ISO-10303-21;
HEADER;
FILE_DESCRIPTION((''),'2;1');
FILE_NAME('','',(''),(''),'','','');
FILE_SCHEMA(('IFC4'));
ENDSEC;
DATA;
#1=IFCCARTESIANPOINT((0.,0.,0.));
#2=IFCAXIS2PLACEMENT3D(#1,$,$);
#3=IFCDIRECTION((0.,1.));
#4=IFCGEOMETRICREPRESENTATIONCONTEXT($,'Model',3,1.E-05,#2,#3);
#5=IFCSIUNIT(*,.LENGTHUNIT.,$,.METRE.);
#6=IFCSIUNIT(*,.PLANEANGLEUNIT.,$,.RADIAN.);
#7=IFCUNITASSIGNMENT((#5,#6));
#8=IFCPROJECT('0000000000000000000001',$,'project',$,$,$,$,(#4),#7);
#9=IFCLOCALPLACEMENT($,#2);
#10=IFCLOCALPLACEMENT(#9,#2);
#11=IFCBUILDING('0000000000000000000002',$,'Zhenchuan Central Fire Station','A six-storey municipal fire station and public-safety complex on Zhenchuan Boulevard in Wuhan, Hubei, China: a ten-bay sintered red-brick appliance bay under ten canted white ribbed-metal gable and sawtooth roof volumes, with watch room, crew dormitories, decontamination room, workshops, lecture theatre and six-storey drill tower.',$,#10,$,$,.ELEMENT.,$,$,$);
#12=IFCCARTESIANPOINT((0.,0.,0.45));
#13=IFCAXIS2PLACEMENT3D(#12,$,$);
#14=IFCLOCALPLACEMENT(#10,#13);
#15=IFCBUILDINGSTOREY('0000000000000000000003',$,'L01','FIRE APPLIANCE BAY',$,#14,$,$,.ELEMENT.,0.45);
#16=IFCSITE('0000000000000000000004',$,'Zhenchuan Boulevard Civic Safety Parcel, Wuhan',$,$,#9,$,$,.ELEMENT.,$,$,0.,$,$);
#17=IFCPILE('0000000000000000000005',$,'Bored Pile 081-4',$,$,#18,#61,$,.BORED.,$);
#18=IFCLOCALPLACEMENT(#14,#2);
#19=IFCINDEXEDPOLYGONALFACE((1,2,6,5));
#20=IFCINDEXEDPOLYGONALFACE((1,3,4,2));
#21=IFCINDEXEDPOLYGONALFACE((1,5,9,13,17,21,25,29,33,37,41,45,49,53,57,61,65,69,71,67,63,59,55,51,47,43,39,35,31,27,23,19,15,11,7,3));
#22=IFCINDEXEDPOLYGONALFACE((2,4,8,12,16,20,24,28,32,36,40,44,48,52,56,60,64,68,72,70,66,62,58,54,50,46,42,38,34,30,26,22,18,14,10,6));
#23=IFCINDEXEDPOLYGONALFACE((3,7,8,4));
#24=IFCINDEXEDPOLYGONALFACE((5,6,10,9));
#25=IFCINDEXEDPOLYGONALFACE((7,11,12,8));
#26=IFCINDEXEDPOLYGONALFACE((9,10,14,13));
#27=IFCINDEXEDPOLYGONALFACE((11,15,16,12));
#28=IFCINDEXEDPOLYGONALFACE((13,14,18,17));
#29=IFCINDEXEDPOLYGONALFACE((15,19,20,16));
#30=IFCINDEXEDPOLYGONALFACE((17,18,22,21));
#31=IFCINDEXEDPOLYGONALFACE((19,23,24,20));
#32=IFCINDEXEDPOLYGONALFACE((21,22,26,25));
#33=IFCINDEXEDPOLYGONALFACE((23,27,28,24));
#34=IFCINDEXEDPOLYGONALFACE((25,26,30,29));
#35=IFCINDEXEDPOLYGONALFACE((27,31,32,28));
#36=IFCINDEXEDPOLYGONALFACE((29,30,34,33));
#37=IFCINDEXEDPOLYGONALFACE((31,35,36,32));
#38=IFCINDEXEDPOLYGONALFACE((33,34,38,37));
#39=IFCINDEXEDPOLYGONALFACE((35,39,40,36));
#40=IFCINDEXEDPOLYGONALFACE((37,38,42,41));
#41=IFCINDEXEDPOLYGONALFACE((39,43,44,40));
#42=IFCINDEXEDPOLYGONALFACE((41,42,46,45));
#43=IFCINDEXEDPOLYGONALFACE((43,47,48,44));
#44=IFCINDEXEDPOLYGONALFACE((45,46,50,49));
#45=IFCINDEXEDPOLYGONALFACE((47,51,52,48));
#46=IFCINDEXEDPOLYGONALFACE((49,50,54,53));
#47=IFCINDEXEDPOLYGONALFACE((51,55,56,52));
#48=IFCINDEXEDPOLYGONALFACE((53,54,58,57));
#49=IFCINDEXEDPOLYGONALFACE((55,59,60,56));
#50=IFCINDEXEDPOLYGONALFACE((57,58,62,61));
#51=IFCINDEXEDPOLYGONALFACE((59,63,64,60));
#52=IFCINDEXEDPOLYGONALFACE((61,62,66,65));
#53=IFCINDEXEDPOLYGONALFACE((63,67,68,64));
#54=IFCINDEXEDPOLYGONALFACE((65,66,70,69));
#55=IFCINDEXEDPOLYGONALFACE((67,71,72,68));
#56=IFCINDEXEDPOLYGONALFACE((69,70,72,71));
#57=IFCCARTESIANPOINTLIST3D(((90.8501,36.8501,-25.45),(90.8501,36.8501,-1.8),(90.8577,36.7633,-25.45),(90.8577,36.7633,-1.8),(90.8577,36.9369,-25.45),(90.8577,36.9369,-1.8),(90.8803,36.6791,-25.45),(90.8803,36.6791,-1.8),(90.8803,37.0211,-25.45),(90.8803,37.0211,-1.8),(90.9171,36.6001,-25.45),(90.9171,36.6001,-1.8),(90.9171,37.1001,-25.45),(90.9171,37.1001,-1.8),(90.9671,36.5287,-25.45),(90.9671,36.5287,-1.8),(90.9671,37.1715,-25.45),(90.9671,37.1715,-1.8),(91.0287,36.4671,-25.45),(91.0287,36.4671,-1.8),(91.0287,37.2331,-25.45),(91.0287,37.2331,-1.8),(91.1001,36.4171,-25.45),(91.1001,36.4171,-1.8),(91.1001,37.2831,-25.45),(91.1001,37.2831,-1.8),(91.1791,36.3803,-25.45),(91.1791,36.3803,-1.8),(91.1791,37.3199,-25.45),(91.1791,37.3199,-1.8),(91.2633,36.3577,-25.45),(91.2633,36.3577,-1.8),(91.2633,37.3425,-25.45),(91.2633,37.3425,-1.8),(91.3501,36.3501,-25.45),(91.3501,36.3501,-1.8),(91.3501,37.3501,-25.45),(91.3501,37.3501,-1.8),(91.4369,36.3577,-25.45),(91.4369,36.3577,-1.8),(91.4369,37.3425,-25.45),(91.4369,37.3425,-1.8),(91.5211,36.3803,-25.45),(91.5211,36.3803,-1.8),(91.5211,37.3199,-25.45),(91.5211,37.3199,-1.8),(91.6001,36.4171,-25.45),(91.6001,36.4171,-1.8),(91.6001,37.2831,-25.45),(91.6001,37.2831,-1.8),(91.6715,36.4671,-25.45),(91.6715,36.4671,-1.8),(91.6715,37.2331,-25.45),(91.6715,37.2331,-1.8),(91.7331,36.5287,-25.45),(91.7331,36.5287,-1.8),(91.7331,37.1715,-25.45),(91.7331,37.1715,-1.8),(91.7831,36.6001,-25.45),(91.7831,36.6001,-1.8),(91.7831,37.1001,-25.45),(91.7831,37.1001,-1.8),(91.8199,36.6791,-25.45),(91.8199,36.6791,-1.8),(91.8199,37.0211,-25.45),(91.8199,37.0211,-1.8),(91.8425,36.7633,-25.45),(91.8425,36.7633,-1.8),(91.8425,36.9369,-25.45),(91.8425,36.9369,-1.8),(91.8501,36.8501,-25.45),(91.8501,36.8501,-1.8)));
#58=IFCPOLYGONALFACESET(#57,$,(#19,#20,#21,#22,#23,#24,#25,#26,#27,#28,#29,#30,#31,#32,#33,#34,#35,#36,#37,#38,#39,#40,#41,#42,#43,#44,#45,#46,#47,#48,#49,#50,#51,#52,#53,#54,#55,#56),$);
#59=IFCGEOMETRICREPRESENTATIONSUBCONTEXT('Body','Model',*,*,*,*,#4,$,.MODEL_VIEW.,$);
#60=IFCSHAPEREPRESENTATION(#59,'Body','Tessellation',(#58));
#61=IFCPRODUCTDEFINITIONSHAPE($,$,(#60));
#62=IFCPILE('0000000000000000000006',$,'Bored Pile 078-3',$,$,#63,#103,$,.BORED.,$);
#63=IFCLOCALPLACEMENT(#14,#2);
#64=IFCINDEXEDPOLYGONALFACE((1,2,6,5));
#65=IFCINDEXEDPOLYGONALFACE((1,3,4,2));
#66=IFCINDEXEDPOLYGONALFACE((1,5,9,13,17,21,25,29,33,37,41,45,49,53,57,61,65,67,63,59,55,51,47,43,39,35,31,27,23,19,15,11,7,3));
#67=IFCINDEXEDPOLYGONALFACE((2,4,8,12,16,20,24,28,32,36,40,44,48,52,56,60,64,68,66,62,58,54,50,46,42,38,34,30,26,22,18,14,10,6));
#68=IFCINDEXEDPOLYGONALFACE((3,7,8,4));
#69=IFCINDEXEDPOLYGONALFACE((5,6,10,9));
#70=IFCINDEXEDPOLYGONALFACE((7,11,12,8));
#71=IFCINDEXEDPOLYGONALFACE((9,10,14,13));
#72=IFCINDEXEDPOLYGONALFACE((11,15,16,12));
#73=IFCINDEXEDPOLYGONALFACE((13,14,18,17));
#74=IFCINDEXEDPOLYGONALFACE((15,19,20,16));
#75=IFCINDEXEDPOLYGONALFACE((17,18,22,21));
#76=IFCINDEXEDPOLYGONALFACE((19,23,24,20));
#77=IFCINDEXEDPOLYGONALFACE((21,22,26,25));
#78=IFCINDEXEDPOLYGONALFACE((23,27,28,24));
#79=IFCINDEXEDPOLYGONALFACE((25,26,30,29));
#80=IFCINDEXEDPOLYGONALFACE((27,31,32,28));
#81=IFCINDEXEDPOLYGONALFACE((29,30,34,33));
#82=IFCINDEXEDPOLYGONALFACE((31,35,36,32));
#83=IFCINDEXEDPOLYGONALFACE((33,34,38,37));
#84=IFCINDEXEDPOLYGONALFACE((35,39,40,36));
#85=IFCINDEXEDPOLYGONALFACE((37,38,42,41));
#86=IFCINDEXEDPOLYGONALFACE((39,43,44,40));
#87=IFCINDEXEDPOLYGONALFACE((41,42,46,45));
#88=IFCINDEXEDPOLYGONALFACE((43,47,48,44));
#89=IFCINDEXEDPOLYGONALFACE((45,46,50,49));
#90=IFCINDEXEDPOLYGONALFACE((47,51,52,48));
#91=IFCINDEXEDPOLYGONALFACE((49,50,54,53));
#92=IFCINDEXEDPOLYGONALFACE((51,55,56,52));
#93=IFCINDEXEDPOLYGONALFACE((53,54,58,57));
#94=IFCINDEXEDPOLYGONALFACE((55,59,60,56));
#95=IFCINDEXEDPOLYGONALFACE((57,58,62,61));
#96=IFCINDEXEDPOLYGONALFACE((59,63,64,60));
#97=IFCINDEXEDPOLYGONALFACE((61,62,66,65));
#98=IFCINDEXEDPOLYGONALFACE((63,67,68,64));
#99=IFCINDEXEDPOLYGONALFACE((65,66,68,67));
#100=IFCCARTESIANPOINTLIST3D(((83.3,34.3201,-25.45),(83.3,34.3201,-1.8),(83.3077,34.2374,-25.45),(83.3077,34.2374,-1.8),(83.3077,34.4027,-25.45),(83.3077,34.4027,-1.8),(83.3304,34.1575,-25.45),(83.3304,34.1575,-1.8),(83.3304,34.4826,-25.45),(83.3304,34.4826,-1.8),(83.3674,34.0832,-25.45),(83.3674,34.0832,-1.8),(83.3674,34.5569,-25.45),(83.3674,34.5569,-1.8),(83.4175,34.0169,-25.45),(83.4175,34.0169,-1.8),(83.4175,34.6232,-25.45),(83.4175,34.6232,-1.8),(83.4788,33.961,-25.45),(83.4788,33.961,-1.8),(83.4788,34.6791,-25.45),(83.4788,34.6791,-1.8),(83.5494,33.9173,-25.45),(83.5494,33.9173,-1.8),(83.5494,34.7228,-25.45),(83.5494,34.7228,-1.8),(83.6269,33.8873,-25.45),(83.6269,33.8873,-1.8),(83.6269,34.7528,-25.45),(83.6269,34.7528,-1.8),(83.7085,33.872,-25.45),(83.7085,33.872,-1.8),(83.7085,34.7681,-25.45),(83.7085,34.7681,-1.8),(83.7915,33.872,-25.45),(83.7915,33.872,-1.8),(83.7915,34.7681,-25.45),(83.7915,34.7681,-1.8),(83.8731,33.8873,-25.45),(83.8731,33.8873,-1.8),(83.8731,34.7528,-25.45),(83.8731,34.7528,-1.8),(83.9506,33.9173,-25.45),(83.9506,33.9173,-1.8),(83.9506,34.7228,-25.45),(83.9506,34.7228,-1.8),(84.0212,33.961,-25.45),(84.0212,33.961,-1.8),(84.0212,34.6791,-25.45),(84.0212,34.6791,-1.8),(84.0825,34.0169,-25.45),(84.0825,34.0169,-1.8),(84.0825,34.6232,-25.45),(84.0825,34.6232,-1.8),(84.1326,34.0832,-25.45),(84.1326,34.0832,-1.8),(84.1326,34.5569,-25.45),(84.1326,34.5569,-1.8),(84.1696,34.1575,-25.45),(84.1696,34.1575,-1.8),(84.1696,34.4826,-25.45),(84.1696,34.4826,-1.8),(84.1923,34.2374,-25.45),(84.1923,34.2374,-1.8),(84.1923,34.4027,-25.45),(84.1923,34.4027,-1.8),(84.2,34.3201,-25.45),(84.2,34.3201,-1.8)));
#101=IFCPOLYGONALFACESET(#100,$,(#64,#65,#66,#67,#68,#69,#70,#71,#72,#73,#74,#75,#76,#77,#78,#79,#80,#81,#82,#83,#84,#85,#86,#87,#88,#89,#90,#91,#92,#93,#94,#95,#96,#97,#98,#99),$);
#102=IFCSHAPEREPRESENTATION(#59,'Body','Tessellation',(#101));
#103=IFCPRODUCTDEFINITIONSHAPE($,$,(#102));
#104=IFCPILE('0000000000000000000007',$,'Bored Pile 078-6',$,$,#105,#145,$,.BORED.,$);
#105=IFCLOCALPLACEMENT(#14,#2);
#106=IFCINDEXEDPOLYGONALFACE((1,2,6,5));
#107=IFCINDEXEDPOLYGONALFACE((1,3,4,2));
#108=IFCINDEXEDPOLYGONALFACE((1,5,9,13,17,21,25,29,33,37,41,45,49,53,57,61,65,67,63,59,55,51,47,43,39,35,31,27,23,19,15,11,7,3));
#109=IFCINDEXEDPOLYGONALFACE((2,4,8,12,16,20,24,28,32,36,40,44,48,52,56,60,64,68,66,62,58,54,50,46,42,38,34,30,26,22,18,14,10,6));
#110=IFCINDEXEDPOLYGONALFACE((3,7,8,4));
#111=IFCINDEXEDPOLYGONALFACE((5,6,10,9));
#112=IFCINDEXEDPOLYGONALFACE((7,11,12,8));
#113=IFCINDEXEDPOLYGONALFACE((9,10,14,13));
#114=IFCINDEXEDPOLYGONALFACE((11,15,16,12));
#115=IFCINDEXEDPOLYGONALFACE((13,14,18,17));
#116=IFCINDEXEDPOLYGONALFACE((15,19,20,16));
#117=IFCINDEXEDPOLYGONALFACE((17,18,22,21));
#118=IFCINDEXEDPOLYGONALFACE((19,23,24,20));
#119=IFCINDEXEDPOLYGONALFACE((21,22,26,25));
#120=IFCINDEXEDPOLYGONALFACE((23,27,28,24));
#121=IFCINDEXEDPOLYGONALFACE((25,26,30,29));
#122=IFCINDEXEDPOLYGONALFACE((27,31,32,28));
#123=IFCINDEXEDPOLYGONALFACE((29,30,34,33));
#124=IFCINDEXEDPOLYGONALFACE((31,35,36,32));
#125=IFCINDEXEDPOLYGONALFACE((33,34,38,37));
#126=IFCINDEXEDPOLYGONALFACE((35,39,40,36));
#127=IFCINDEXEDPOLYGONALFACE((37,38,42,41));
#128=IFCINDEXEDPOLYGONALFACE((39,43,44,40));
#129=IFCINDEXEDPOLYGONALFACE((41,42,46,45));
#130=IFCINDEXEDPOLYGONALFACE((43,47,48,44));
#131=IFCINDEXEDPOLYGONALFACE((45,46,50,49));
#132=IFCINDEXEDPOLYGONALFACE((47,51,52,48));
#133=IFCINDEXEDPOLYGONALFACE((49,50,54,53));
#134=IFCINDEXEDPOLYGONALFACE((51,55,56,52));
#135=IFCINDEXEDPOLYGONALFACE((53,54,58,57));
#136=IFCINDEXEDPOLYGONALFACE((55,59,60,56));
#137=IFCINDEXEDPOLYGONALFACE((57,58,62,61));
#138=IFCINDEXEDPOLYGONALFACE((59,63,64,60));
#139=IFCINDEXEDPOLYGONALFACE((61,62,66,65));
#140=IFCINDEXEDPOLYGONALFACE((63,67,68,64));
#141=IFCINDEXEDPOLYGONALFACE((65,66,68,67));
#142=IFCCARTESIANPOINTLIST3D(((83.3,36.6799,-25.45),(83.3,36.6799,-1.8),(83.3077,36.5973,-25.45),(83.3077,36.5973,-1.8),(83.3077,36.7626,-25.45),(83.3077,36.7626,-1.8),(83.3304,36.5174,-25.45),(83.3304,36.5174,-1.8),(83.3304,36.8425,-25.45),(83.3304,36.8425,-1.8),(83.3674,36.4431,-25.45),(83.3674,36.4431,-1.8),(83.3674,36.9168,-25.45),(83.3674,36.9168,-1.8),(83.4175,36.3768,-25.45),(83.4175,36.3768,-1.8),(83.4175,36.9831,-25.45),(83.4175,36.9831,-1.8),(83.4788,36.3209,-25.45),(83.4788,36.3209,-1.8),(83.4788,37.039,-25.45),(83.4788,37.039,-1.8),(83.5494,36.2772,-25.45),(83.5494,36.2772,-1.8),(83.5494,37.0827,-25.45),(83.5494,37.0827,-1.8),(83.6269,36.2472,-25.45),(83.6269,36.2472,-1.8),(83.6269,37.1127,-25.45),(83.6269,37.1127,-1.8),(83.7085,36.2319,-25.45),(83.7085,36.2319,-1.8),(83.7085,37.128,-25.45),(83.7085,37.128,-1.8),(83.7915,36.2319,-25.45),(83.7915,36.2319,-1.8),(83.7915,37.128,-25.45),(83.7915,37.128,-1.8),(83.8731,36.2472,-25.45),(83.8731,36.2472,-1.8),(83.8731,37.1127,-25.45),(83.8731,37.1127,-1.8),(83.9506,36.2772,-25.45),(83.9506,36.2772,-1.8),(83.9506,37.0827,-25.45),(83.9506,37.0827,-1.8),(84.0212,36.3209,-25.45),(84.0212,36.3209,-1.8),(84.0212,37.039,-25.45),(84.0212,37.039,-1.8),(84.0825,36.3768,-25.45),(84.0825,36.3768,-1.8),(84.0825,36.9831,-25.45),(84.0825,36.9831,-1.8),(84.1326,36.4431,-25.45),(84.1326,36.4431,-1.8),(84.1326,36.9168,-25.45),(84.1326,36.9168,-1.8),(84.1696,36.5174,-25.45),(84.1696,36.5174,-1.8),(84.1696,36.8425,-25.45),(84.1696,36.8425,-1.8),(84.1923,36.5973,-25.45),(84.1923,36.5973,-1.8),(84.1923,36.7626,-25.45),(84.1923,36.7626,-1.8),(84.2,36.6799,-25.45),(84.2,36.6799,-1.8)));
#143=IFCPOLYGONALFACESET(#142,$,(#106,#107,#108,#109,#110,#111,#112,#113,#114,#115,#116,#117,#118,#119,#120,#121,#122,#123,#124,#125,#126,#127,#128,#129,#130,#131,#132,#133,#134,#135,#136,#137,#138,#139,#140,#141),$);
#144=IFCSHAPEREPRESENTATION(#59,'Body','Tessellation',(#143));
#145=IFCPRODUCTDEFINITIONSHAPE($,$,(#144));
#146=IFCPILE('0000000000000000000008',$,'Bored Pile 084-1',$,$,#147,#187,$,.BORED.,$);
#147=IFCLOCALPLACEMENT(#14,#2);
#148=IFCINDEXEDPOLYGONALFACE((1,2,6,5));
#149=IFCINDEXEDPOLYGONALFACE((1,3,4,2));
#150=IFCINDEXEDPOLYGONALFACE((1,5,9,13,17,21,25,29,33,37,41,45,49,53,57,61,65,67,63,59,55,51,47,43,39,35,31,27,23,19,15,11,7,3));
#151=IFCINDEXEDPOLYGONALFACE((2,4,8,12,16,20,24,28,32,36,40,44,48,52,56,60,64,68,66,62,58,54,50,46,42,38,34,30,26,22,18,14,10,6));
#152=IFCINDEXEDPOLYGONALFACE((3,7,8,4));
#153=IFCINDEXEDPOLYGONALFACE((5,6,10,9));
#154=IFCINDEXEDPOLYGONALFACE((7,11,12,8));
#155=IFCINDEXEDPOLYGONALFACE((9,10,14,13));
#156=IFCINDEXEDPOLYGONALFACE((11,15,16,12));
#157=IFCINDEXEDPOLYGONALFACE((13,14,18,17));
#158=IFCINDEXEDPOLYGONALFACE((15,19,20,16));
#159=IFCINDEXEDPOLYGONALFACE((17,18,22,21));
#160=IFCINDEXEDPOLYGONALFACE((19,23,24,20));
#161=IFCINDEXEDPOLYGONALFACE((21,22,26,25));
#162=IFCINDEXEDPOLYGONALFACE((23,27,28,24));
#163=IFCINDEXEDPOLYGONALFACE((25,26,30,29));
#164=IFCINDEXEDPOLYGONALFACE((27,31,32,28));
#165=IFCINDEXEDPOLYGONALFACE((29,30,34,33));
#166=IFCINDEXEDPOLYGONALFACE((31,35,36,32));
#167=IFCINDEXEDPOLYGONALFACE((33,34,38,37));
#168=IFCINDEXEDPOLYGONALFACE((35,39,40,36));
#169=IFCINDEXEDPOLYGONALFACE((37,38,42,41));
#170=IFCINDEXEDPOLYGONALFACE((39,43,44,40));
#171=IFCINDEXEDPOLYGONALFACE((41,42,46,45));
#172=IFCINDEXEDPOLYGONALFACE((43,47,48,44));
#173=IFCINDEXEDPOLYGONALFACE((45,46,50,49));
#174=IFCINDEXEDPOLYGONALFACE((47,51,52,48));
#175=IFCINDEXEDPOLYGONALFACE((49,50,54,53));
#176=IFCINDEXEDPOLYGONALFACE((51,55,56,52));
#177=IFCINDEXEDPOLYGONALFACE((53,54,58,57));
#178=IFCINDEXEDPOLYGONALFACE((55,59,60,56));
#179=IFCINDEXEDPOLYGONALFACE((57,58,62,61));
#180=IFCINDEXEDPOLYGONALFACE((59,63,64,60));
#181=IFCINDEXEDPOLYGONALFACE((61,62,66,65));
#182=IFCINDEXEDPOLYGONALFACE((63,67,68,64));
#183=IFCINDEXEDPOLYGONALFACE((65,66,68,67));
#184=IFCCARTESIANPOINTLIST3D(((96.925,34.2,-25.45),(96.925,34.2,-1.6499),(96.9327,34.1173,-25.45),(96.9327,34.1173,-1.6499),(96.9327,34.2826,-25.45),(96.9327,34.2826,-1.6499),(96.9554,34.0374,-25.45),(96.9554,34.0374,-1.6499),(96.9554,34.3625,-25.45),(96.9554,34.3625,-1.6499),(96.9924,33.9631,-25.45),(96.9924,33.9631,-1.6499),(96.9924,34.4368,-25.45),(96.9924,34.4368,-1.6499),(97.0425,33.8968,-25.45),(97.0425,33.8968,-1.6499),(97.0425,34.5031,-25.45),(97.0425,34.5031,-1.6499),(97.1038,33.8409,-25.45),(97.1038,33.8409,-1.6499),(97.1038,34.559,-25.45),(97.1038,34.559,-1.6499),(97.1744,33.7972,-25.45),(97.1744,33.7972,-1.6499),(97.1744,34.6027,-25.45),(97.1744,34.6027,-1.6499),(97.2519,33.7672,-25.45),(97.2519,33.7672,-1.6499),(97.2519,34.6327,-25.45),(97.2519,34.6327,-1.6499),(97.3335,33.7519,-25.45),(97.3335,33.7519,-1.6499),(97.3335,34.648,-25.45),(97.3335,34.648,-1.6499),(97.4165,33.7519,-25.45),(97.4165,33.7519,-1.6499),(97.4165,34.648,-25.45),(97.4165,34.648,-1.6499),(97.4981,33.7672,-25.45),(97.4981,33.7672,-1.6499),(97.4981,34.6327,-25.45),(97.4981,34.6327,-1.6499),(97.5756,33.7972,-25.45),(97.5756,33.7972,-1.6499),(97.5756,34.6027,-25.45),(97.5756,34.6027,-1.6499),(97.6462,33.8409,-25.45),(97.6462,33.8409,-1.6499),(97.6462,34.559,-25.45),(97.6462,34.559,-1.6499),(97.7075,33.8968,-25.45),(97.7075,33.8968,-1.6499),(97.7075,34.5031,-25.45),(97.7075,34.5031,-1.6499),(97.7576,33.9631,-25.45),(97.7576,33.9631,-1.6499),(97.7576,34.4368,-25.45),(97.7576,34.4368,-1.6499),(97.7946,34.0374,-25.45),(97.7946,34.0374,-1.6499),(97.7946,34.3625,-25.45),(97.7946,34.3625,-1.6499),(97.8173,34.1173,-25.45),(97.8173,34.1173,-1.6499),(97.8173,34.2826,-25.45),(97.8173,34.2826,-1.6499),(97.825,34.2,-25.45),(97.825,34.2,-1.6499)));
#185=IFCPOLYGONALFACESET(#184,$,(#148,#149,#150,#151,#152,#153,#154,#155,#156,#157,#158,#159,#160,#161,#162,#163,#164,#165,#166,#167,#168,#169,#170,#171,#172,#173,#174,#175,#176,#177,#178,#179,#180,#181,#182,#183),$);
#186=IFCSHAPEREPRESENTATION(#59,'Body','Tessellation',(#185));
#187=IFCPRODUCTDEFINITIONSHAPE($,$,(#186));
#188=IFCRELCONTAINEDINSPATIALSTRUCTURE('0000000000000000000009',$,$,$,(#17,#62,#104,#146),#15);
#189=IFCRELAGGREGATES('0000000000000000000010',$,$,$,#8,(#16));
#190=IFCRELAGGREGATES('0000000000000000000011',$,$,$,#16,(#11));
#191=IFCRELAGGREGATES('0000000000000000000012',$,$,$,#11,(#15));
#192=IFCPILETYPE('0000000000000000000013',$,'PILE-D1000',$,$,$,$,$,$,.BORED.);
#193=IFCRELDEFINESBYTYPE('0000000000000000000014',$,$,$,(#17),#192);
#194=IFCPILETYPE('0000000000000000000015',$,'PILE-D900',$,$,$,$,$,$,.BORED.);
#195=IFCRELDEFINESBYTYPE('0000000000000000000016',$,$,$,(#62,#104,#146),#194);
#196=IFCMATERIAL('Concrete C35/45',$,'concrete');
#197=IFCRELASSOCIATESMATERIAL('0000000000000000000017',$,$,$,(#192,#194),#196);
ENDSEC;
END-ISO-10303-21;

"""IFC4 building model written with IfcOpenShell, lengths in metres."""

from ifc_helpers import new_model, si_unit, direction, frame, origin, origin_2d, place, context, subcontext, project, spatial, circle, extrude, material, material_profile, profile_set, type_object, element, save


model = new_model("IFC4")

# Units and contexts
model_context = context("Model", 3, precision=1e-05, world=origin(), true_north=direction((0.0, 1.0)))
body_context = subcontext(model_context, "Body", "Model", "MODEL_VIEW")
ifc_project = project(units=[si_unit("LENGTHUNIT", "METRE"), si_unit("PLANEANGLEUNIT", "RADIAN")], contexts=[model_context])

# Site, building, storey
site_placement = place(None, origin())
site = spatial("IfcSite", under=ifc_project, at=site_placement, Name="Zhenchuan Boulevard Civic Safety Parcel, Wuhan", CompositionType="ELEMENT", RefElevation=0.0)
building_placement = place(site_placement, origin())
building = spatial("IfcBuilding", under=site, at=building_placement, Name="Zhenchuan Central Fire Station", Description="A six-storey municipal fire station and public-safety complex on Zhenchuan Boulevard in Wuhan, Hubei, China: a ten-bay sintered red-brick appliance bay under ten canted white ribbed-metal gable and sawtooth roof volumes, with watch room, crew dormitories, decontamination room, workshops, lecture theatre and six-storey drill tower.", CompositionType="ELEMENT")
storey_placement = place(building_placement, frame((0.0, 0.0, 0.45)))
storey = spatial("IfcBuildingStorey", under=building, at=storey_placement, Name="L01", Description="FIRE APPLIANCE BAY", CompositionType="ELEMENT", Elevation=0.45)

# Piles
ifc_material_1 = material(Name="Concrete C35/45", Category="concrete")
ifc_material_profile_1 = material_profile(ifc_material_1, circle(Radius=0.5, at=origin_2d()), Name="PILE D1000")
ifc_profile_set_1 = profile_set([ifc_material_profile_1], Name="Concrete C35/45")
pile_type_1 = type_object("IfcPileType", Name="PILE-D1000", PredefinedType="BORED", material=ifc_profile_set_1)
for number, where, z_axis, x_axis, name in (
    (1, (91.3501, 36.8501, -1.8), (0.0, 0.0, -1.0), (1.0, 0.0, 0.0), "Bored Pile 081-4"),
):
    element("IfcPile", number, at=place(storey_placement, frame(where, z_axis=z_axis, x_axis=x_axis)), inside=storey, type_object=pile_type_1, Name=name, PredefinedType="BORED", context=body_context, shape_type="SweptSolid", body=[
        extrude(circle(Radius=0.5, at=origin_2d()), origin(), (0.0, 0.0, 1.0), 23.6499),
    ])
ifc_material_profile_2 = material_profile(ifc_material_1, circle(Radius=0.45, at=origin_2d()), Name="PILE D900")
ifc_profile_set_2 = profile_set([ifc_material_profile_2], Name="Concrete C35/45")
pile_type_2 = type_object("IfcPileType", Name="PILE-D900", PredefinedType="BORED", material=ifc_profile_set_2)
for number, where, z_axis, x_axis, name in (
    (2, (83.75, 34.3201, -1.8), (0.0, 0.0, -1.0), (1.0, 0.0, 0.0), "Bored Pile 078-3"),
    (3, (83.75, 36.6799, -1.8), (0.0, 0.0, -1.0), (1.0, 0.0, 0.0), "Bored Pile 078-6"),
):
    element("IfcPile", number, at=place(storey_placement, frame(where, z_axis=z_axis, x_axis=x_axis)), inside=storey, type_object=pile_type_2, Name=name, PredefinedType="BORED", context=body_context, shape_type="SweptSolid", body=[
        extrude(circle(Radius=0.45, at=origin_2d()), origin(), (0.0, 0.0, 1.0), 23.6499),
    ])
for number, where, z_axis, x_axis, name in (
    (4, (97.375, 34.2, -1.6499), (0.0, 0.0, -1.0), (1.0, 0.0, 0.0), "Bored Pile 084-1"),
):
    element("IfcPile", number, at=place(storey_placement, frame(where, z_axis=z_axis, x_axis=x_axis)), inside=storey, type_object=pile_type_2, Name=name, PredefinedType="BORED", context=body_context, shape_type="SweptSolid", body=[
        extrude(circle(Radius=0.45, at=origin_2d()), origin(), (0.0, 0.0, 1.0), 23.8),
    ])

save(model, "model.ifc")
